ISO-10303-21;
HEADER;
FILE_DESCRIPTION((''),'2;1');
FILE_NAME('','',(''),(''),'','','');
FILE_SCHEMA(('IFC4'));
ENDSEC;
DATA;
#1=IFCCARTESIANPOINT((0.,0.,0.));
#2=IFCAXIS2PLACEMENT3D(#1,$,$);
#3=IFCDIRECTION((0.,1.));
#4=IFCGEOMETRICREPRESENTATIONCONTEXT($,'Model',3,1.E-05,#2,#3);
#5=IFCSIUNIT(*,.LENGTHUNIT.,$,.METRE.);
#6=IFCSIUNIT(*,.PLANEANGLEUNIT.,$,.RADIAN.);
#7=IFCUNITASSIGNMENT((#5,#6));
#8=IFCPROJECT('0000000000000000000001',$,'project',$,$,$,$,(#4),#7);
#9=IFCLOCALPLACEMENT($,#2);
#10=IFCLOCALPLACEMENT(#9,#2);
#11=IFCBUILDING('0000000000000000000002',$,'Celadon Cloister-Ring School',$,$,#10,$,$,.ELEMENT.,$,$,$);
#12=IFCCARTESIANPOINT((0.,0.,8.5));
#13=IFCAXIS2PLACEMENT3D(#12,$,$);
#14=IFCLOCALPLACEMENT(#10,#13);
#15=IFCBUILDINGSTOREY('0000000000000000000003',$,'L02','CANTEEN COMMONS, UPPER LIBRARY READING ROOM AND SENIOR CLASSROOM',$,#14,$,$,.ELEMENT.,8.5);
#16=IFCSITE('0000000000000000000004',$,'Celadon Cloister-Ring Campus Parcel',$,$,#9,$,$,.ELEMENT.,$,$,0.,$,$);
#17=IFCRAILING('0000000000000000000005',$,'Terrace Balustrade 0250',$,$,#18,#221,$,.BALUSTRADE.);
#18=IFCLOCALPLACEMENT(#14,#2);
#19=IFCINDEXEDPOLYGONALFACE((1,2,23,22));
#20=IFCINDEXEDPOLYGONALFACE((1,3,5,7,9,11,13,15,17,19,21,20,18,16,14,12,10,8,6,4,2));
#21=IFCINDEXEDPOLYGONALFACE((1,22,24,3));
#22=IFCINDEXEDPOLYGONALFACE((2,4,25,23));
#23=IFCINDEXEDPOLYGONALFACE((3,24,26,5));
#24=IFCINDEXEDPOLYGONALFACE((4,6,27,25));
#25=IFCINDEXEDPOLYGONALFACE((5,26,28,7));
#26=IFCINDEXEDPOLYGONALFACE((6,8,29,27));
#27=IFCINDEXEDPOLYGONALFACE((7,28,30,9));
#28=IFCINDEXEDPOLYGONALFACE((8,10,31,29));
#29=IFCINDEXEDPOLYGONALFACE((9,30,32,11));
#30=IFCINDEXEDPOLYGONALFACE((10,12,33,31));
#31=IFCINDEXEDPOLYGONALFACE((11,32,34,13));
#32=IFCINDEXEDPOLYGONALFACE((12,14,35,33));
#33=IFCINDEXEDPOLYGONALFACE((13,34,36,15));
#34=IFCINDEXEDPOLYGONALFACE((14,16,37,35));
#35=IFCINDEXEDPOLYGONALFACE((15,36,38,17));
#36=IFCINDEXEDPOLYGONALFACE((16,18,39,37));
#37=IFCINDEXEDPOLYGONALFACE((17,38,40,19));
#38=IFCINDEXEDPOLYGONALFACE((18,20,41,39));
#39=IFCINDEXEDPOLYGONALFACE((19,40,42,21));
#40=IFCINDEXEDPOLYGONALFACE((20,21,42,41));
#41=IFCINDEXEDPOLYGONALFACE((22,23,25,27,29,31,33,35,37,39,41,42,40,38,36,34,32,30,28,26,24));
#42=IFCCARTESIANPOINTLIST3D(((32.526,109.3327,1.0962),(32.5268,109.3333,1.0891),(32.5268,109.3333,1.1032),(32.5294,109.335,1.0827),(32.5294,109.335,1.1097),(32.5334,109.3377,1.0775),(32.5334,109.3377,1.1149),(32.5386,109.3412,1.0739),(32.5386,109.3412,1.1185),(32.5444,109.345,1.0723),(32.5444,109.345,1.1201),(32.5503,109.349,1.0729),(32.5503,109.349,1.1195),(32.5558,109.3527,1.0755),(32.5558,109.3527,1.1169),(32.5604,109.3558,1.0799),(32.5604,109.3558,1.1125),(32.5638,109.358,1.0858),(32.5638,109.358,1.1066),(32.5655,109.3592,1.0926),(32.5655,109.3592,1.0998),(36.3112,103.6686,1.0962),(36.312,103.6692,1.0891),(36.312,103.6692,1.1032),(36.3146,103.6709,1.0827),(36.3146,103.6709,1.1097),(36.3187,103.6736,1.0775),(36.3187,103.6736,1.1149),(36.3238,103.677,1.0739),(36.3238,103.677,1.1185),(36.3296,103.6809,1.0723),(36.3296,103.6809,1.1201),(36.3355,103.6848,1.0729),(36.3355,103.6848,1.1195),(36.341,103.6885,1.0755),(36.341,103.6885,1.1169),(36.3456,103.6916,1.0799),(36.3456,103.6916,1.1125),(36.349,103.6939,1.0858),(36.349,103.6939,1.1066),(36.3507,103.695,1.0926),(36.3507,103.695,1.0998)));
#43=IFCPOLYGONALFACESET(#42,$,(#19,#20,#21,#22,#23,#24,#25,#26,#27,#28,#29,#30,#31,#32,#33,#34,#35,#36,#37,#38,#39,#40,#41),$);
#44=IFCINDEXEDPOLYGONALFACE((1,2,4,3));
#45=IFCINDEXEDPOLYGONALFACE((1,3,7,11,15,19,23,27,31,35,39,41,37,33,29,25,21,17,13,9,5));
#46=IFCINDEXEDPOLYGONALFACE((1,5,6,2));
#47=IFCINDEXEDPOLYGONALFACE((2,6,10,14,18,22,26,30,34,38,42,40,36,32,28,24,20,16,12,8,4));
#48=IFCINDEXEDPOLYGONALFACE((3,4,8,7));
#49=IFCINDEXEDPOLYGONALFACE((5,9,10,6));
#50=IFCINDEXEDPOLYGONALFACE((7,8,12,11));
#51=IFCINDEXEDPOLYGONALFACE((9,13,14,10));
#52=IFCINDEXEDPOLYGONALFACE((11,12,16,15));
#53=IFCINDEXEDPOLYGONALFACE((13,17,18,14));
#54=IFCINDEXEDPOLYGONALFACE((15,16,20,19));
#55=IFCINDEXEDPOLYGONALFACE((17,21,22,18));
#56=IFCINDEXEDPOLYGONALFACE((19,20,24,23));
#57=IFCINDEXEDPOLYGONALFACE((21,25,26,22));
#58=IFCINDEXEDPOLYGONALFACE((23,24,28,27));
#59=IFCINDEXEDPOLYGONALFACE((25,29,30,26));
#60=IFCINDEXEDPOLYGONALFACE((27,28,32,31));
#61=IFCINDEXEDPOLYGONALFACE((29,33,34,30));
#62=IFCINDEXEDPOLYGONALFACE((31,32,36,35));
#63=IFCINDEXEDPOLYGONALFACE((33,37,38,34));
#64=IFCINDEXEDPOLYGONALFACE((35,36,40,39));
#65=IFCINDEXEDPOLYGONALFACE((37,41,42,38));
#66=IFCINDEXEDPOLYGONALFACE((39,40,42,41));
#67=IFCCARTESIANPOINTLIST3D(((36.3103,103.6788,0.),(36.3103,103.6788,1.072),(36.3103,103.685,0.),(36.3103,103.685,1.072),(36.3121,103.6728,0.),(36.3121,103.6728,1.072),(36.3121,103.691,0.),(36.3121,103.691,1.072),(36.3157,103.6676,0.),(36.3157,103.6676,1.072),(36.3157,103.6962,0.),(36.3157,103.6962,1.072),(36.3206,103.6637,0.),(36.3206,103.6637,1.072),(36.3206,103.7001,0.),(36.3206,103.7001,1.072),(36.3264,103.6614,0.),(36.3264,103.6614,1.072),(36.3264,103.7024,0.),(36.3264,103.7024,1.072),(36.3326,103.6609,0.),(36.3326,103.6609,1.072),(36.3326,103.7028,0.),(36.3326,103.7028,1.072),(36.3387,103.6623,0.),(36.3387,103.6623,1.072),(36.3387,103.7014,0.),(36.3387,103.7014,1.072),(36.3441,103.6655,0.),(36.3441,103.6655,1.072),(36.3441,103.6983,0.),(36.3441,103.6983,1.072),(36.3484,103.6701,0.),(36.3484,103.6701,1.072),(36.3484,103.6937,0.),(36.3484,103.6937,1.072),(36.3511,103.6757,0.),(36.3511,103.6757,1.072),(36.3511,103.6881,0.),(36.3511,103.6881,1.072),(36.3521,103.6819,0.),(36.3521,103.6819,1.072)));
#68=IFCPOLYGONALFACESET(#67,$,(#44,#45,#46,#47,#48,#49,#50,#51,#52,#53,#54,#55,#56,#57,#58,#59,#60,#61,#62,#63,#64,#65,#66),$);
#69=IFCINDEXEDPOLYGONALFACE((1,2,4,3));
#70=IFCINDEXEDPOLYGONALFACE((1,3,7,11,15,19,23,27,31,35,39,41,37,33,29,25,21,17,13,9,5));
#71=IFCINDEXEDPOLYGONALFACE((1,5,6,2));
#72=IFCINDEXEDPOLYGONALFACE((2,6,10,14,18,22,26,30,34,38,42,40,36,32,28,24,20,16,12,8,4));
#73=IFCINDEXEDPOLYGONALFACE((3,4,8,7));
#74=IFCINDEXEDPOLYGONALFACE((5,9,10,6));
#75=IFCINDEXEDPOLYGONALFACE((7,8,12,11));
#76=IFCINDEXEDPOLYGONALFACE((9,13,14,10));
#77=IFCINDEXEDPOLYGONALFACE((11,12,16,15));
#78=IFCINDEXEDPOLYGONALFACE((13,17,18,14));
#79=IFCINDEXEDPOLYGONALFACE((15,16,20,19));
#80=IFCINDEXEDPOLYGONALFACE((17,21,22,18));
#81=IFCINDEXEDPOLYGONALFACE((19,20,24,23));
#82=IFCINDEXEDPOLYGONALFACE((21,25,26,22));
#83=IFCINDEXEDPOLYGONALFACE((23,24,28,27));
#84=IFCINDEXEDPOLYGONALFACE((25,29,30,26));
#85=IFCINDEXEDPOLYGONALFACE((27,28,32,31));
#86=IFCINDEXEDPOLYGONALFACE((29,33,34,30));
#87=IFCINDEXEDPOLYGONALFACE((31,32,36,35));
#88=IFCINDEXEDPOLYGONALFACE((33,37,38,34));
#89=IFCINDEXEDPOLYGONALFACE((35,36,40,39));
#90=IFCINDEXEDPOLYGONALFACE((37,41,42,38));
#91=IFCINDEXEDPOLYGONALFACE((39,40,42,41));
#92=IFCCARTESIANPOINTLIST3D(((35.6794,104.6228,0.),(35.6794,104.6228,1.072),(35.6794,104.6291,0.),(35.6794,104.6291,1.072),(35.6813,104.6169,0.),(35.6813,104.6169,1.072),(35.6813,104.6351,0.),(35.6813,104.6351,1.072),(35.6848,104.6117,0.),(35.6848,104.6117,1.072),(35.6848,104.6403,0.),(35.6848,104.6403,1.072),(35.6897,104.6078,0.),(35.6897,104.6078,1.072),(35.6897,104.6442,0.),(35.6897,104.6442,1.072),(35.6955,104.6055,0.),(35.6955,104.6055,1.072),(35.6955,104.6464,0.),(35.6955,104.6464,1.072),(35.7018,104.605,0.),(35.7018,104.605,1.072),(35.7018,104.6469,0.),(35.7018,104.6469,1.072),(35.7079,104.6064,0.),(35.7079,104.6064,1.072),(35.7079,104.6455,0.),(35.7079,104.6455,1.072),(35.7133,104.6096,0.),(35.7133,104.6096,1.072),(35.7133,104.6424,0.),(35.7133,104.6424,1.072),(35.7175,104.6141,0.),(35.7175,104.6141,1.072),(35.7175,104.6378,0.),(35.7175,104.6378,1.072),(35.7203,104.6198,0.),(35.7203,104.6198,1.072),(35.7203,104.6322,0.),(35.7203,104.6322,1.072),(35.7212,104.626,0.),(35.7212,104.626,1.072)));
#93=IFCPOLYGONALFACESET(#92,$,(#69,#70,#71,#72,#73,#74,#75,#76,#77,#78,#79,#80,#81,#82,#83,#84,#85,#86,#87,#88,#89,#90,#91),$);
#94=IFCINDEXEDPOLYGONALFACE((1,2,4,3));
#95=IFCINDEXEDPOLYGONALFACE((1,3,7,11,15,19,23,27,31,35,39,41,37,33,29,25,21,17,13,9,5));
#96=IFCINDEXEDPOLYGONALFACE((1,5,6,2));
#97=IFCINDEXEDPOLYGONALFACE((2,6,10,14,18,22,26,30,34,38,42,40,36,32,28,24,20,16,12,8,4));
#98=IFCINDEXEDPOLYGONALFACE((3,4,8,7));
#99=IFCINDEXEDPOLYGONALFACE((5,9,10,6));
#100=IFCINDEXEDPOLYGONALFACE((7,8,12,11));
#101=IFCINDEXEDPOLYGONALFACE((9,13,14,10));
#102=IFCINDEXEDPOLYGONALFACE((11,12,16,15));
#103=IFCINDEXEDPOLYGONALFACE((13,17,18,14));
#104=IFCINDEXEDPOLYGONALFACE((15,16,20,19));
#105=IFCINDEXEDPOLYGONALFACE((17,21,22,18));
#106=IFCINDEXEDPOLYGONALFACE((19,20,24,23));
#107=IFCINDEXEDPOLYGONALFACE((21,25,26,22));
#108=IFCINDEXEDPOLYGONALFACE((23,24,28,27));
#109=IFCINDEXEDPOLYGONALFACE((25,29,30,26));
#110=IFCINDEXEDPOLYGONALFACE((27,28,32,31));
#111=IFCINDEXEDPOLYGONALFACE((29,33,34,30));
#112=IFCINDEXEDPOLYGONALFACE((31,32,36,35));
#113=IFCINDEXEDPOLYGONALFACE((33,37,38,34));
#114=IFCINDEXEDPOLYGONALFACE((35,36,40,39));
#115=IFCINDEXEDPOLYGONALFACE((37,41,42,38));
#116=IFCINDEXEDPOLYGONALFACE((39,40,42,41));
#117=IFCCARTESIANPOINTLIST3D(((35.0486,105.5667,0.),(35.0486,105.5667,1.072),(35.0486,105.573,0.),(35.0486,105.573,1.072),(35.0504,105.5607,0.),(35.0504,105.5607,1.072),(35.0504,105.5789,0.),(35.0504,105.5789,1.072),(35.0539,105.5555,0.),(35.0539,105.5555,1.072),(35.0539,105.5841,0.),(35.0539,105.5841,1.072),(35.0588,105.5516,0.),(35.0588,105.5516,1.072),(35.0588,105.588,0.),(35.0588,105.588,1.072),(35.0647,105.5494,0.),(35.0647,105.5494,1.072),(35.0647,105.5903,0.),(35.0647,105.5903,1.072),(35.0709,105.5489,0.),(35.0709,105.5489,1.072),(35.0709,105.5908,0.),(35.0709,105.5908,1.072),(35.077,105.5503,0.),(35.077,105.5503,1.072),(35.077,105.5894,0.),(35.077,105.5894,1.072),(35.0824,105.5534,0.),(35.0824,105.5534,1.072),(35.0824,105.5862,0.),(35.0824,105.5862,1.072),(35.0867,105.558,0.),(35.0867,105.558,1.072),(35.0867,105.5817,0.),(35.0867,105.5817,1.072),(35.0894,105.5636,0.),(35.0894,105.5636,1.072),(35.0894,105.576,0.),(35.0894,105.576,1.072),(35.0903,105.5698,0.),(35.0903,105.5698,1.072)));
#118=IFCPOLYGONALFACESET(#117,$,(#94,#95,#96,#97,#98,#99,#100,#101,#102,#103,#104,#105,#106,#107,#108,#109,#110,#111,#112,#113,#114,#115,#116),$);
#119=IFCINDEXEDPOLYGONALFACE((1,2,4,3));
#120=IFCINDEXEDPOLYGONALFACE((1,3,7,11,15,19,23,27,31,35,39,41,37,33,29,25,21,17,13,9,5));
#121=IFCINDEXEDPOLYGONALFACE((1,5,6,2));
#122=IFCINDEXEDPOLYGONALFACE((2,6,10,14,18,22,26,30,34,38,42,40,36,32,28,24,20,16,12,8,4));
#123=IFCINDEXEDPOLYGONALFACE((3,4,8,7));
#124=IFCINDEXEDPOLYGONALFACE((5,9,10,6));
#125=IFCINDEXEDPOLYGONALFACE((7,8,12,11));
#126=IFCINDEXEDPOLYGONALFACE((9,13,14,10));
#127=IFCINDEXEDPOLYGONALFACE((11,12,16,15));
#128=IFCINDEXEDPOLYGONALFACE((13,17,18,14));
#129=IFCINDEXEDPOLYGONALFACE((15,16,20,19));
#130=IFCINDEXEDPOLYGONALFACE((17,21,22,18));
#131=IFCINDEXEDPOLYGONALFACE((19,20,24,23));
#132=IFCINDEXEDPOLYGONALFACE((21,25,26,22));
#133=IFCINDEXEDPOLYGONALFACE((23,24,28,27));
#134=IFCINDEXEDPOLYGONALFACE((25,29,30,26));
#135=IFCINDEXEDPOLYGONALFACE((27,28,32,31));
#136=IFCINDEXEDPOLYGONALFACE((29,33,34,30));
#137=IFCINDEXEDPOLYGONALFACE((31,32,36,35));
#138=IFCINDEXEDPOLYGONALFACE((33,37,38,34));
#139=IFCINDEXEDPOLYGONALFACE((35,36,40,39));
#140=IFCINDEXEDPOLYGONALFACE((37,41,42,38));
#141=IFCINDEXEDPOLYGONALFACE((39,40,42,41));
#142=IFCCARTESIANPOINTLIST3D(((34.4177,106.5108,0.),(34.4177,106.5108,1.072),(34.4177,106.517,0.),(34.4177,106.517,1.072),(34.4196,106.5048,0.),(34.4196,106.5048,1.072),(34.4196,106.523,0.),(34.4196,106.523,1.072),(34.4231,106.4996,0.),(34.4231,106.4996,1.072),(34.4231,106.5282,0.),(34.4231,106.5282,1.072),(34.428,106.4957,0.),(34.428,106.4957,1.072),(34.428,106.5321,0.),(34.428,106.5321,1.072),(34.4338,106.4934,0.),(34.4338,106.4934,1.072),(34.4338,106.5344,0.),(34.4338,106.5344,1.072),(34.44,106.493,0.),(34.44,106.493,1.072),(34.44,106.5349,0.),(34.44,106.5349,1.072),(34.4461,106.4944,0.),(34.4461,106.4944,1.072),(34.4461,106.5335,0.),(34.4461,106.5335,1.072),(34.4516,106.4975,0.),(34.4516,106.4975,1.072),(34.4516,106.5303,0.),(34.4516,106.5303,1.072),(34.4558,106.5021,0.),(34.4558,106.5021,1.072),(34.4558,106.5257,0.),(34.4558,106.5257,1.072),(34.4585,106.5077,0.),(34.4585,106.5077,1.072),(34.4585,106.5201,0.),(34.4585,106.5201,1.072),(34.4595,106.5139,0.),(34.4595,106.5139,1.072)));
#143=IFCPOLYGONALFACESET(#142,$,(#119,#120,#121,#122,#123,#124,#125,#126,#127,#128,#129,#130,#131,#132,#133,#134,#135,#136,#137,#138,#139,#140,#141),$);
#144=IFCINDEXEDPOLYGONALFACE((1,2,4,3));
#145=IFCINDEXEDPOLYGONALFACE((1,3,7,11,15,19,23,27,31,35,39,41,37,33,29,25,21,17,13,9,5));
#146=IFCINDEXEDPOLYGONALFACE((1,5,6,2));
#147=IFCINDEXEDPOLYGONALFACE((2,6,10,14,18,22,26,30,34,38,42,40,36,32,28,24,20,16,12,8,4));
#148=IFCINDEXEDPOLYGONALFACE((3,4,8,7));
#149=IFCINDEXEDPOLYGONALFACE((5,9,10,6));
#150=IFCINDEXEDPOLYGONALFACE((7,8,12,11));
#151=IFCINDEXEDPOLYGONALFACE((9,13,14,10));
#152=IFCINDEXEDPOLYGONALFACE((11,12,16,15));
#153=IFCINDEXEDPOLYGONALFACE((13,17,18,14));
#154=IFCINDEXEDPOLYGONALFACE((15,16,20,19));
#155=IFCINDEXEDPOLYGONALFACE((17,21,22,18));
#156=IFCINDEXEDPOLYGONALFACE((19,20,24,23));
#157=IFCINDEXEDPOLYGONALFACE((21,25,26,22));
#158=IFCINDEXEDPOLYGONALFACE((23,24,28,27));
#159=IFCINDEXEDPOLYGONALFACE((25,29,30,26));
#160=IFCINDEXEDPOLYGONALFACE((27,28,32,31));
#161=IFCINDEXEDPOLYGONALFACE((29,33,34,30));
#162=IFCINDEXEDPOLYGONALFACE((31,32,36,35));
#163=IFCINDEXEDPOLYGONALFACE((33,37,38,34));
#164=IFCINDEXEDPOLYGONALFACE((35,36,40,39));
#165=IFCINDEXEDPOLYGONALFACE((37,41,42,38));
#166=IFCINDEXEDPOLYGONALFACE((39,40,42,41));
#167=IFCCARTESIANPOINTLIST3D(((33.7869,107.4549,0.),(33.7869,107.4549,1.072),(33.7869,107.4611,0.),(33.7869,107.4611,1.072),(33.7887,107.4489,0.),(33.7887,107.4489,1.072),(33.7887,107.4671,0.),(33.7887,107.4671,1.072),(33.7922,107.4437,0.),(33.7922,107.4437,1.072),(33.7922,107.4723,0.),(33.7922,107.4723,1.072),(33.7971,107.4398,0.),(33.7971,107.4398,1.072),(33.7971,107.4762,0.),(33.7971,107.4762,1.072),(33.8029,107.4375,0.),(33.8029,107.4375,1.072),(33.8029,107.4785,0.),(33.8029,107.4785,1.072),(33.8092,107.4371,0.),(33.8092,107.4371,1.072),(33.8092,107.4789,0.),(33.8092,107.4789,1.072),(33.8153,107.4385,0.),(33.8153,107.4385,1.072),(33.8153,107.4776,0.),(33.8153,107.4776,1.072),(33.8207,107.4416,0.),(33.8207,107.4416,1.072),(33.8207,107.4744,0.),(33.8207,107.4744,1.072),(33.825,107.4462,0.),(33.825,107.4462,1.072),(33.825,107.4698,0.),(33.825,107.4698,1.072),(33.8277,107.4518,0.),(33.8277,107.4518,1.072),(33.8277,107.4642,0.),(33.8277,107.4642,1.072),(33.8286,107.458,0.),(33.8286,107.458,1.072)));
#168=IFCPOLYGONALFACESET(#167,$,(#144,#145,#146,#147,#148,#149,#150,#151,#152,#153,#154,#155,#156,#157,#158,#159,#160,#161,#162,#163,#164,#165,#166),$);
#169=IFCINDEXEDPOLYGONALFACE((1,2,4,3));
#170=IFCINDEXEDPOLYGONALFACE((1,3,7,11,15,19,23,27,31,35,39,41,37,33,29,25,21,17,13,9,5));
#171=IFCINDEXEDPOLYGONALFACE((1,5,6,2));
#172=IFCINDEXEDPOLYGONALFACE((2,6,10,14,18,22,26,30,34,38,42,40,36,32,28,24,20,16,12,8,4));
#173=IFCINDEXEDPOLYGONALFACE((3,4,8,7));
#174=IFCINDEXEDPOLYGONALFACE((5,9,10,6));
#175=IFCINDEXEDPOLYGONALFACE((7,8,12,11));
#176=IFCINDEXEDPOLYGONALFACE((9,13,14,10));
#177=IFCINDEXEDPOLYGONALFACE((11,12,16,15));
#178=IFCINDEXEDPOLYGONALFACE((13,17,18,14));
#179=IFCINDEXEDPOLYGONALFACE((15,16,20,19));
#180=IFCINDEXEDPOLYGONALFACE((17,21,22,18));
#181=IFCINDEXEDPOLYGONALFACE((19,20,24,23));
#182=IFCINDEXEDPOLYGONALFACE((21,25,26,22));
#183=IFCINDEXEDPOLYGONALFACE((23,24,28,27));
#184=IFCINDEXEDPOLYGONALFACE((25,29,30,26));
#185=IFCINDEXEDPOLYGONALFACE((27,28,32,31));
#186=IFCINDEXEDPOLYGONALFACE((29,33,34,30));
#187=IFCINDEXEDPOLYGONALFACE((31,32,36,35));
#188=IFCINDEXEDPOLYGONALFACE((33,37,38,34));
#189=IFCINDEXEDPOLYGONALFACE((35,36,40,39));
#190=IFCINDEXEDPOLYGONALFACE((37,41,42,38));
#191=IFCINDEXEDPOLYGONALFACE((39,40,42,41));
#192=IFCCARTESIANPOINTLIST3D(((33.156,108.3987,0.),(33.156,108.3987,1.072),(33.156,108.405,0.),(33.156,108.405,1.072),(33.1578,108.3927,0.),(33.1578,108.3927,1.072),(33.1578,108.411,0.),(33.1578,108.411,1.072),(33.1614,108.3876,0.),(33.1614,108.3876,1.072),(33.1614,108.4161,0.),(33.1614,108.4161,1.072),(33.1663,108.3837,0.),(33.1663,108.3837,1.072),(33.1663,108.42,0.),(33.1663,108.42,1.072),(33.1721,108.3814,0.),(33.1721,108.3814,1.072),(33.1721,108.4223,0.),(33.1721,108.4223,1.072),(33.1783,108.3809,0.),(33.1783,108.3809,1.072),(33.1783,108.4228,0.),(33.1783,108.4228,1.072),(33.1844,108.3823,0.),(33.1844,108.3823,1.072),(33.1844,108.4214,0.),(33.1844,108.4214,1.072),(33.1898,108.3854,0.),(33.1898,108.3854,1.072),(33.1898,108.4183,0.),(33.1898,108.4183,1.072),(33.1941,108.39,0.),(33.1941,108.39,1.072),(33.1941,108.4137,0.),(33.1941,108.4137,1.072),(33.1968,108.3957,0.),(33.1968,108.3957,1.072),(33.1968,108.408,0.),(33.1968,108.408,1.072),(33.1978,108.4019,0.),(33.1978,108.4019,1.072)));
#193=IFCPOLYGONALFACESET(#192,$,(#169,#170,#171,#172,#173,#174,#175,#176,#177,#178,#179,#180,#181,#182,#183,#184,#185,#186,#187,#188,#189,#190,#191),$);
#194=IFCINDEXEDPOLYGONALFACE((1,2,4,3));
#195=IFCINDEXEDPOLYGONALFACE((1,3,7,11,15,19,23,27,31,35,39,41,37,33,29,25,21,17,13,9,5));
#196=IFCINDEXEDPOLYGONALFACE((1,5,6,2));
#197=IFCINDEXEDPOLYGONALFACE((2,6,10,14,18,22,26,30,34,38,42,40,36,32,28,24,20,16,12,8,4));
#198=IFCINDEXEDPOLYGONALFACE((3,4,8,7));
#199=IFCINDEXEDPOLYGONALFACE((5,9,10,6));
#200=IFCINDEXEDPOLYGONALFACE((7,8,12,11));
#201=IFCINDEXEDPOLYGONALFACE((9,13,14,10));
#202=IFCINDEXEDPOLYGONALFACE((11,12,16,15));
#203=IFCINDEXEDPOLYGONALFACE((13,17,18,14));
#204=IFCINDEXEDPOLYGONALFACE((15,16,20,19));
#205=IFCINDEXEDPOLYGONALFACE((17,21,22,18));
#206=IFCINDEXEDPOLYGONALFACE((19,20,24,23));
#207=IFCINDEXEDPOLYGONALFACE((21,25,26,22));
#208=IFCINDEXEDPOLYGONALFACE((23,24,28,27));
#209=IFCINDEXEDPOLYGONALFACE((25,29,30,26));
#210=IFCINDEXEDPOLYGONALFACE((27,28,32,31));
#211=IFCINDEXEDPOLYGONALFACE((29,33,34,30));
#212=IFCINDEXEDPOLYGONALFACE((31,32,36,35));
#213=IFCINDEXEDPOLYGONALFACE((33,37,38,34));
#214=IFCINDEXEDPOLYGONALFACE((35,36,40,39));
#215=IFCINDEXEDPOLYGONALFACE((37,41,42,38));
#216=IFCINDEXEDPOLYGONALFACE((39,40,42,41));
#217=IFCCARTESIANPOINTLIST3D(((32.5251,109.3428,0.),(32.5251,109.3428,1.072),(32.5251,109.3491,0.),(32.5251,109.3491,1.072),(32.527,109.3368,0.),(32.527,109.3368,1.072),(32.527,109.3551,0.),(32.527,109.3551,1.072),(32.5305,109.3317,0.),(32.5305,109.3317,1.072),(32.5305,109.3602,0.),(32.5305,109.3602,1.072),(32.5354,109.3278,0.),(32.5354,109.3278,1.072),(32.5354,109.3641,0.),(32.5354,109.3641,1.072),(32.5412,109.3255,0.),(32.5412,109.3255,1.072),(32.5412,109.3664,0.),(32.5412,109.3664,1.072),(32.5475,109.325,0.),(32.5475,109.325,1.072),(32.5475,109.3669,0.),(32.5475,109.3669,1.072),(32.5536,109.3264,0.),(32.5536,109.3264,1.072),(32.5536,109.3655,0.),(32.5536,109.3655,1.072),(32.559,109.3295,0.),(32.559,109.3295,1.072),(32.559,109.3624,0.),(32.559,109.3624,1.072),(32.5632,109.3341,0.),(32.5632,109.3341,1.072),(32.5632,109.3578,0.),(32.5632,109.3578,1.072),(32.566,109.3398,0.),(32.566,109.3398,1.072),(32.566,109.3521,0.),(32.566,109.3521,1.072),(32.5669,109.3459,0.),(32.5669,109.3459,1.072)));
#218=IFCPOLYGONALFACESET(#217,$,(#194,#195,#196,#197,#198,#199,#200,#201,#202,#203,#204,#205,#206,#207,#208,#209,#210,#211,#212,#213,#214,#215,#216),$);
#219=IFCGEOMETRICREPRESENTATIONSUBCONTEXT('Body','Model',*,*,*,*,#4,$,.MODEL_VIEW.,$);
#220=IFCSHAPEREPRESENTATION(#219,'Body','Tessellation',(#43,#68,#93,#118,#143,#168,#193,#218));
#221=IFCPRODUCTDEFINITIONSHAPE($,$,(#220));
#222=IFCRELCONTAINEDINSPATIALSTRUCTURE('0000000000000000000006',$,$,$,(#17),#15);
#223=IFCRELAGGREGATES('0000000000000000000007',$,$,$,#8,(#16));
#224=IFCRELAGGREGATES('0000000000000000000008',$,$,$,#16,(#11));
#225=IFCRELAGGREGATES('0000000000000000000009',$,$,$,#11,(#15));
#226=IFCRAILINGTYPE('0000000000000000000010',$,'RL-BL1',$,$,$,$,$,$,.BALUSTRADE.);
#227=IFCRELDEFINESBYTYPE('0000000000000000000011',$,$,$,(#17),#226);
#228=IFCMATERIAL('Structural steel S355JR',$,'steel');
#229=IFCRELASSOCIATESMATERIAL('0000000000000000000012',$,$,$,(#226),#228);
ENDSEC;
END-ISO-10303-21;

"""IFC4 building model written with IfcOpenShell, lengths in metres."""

from ifc_helpers import new_model, si_unit, direction, frame, origin, origin_2d, place, context, subcontext, project, spatial, circle, extrude, material, type_object, element, save


model = new_model("IFC4")

# Units and contexts
model_context = context("Model", 3, precision=1e-05, world=origin(), true_north=direction((0.0, 1.0)))
body_context = subcontext(model_context, "Body", "Model", "MODEL_VIEW")
ifc_project = project(units=[si_unit("LENGTHUNIT", "METRE"), si_unit("PLANEANGLEUNIT", "RADIAN")], contexts=[model_context])

# Site, building, storey
site_placement = place(None, origin())
site = spatial("IfcSite", under=ifc_project, at=site_placement, Name="Celadon Cloister-Ring Campus Parcel", CompositionType="ELEMENT", RefElevation=0.0)
building_placement = place(site_placement, origin())
building = spatial("IfcBuilding", under=site, at=building_placement, Name="Celadon Cloister-Ring School", CompositionType="ELEMENT")
storey_placement = place(building_placement, frame((0.0, 0.0, 8.5)))
storey = spatial("IfcBuildingStorey", under=building, at=storey_placement, Name="L02", Description="CANTEEN COMMONS, UPPER LIBRARY READING ROOM AND SENIOR CLASSROOM", CompositionType="ELEMENT", Elevation=8.5)

# Railing
ifc_material_1 = material(Name="Structural steel S355JR", Category="steel")
railing_type = type_object("IfcRailingType", Name="RL-BL1", PredefinedType="BALUSTRADE", material=ifc_material_1)
railing_1_placement = place(storey_placement, frame((36.3311, 103.6819, 0.0)))
element("IfcRailing", 1, at=railing_1_placement, inside=storey, type_object=railing_type, Name="Terrace Balustrade 0250", PredefinedType="BALUSTRADE", context=body_context, shape_type="SweptSolid", body=[
    extrude(circle(Radius=0.0239, at=origin_2d()), frame((0.0, 0.0, 1.0962), z_axis=(-0.555626, 0.831432, 0.0), x_axis=(-0.831432, -0.555626, 0.0)), (0.0, 0.0, 1.0), 6.8125),
    extrude(circle(Radius=0.021, at=origin_2d()), origin(), (0.0, 0.0, 1.0), 1.072),
    extrude(circle(Radius=0.021, at=origin_2d()), frame((-0.6309, 0.9441, 0.0)), (0.0, 0.0, 1.0), 1.072),
    extrude(circle(Radius=0.021, at=origin_2d()), frame((-1.2617, 1.8879, 0.0)), (0.0, 0.0, 1.0), 1.072),
    extrude(circle(Radius=0.021, at=origin_2d()), frame((-1.8926, 2.832, 0.0)), (0.0, 0.0, 1.0), 1.072),
    extrude(circle(Radius=0.021, at=origin_2d()), frame((-2.5234, 3.7761, 0.0)), (0.0, 0.0, 1.0), 1.072),
    extrude(circle(Radius=0.021, at=origin_2d()), frame((-3.1543, 4.72, 0.0)), (0.0, 0.0, 1.0), 1.072),
    extrude(circle(Radius=0.021, at=origin_2d()), frame((-3.7852, 5.6641, 0.0)), (0.0, 0.0, 1.0), 1.072),
])

save(model, "model.ifc")
